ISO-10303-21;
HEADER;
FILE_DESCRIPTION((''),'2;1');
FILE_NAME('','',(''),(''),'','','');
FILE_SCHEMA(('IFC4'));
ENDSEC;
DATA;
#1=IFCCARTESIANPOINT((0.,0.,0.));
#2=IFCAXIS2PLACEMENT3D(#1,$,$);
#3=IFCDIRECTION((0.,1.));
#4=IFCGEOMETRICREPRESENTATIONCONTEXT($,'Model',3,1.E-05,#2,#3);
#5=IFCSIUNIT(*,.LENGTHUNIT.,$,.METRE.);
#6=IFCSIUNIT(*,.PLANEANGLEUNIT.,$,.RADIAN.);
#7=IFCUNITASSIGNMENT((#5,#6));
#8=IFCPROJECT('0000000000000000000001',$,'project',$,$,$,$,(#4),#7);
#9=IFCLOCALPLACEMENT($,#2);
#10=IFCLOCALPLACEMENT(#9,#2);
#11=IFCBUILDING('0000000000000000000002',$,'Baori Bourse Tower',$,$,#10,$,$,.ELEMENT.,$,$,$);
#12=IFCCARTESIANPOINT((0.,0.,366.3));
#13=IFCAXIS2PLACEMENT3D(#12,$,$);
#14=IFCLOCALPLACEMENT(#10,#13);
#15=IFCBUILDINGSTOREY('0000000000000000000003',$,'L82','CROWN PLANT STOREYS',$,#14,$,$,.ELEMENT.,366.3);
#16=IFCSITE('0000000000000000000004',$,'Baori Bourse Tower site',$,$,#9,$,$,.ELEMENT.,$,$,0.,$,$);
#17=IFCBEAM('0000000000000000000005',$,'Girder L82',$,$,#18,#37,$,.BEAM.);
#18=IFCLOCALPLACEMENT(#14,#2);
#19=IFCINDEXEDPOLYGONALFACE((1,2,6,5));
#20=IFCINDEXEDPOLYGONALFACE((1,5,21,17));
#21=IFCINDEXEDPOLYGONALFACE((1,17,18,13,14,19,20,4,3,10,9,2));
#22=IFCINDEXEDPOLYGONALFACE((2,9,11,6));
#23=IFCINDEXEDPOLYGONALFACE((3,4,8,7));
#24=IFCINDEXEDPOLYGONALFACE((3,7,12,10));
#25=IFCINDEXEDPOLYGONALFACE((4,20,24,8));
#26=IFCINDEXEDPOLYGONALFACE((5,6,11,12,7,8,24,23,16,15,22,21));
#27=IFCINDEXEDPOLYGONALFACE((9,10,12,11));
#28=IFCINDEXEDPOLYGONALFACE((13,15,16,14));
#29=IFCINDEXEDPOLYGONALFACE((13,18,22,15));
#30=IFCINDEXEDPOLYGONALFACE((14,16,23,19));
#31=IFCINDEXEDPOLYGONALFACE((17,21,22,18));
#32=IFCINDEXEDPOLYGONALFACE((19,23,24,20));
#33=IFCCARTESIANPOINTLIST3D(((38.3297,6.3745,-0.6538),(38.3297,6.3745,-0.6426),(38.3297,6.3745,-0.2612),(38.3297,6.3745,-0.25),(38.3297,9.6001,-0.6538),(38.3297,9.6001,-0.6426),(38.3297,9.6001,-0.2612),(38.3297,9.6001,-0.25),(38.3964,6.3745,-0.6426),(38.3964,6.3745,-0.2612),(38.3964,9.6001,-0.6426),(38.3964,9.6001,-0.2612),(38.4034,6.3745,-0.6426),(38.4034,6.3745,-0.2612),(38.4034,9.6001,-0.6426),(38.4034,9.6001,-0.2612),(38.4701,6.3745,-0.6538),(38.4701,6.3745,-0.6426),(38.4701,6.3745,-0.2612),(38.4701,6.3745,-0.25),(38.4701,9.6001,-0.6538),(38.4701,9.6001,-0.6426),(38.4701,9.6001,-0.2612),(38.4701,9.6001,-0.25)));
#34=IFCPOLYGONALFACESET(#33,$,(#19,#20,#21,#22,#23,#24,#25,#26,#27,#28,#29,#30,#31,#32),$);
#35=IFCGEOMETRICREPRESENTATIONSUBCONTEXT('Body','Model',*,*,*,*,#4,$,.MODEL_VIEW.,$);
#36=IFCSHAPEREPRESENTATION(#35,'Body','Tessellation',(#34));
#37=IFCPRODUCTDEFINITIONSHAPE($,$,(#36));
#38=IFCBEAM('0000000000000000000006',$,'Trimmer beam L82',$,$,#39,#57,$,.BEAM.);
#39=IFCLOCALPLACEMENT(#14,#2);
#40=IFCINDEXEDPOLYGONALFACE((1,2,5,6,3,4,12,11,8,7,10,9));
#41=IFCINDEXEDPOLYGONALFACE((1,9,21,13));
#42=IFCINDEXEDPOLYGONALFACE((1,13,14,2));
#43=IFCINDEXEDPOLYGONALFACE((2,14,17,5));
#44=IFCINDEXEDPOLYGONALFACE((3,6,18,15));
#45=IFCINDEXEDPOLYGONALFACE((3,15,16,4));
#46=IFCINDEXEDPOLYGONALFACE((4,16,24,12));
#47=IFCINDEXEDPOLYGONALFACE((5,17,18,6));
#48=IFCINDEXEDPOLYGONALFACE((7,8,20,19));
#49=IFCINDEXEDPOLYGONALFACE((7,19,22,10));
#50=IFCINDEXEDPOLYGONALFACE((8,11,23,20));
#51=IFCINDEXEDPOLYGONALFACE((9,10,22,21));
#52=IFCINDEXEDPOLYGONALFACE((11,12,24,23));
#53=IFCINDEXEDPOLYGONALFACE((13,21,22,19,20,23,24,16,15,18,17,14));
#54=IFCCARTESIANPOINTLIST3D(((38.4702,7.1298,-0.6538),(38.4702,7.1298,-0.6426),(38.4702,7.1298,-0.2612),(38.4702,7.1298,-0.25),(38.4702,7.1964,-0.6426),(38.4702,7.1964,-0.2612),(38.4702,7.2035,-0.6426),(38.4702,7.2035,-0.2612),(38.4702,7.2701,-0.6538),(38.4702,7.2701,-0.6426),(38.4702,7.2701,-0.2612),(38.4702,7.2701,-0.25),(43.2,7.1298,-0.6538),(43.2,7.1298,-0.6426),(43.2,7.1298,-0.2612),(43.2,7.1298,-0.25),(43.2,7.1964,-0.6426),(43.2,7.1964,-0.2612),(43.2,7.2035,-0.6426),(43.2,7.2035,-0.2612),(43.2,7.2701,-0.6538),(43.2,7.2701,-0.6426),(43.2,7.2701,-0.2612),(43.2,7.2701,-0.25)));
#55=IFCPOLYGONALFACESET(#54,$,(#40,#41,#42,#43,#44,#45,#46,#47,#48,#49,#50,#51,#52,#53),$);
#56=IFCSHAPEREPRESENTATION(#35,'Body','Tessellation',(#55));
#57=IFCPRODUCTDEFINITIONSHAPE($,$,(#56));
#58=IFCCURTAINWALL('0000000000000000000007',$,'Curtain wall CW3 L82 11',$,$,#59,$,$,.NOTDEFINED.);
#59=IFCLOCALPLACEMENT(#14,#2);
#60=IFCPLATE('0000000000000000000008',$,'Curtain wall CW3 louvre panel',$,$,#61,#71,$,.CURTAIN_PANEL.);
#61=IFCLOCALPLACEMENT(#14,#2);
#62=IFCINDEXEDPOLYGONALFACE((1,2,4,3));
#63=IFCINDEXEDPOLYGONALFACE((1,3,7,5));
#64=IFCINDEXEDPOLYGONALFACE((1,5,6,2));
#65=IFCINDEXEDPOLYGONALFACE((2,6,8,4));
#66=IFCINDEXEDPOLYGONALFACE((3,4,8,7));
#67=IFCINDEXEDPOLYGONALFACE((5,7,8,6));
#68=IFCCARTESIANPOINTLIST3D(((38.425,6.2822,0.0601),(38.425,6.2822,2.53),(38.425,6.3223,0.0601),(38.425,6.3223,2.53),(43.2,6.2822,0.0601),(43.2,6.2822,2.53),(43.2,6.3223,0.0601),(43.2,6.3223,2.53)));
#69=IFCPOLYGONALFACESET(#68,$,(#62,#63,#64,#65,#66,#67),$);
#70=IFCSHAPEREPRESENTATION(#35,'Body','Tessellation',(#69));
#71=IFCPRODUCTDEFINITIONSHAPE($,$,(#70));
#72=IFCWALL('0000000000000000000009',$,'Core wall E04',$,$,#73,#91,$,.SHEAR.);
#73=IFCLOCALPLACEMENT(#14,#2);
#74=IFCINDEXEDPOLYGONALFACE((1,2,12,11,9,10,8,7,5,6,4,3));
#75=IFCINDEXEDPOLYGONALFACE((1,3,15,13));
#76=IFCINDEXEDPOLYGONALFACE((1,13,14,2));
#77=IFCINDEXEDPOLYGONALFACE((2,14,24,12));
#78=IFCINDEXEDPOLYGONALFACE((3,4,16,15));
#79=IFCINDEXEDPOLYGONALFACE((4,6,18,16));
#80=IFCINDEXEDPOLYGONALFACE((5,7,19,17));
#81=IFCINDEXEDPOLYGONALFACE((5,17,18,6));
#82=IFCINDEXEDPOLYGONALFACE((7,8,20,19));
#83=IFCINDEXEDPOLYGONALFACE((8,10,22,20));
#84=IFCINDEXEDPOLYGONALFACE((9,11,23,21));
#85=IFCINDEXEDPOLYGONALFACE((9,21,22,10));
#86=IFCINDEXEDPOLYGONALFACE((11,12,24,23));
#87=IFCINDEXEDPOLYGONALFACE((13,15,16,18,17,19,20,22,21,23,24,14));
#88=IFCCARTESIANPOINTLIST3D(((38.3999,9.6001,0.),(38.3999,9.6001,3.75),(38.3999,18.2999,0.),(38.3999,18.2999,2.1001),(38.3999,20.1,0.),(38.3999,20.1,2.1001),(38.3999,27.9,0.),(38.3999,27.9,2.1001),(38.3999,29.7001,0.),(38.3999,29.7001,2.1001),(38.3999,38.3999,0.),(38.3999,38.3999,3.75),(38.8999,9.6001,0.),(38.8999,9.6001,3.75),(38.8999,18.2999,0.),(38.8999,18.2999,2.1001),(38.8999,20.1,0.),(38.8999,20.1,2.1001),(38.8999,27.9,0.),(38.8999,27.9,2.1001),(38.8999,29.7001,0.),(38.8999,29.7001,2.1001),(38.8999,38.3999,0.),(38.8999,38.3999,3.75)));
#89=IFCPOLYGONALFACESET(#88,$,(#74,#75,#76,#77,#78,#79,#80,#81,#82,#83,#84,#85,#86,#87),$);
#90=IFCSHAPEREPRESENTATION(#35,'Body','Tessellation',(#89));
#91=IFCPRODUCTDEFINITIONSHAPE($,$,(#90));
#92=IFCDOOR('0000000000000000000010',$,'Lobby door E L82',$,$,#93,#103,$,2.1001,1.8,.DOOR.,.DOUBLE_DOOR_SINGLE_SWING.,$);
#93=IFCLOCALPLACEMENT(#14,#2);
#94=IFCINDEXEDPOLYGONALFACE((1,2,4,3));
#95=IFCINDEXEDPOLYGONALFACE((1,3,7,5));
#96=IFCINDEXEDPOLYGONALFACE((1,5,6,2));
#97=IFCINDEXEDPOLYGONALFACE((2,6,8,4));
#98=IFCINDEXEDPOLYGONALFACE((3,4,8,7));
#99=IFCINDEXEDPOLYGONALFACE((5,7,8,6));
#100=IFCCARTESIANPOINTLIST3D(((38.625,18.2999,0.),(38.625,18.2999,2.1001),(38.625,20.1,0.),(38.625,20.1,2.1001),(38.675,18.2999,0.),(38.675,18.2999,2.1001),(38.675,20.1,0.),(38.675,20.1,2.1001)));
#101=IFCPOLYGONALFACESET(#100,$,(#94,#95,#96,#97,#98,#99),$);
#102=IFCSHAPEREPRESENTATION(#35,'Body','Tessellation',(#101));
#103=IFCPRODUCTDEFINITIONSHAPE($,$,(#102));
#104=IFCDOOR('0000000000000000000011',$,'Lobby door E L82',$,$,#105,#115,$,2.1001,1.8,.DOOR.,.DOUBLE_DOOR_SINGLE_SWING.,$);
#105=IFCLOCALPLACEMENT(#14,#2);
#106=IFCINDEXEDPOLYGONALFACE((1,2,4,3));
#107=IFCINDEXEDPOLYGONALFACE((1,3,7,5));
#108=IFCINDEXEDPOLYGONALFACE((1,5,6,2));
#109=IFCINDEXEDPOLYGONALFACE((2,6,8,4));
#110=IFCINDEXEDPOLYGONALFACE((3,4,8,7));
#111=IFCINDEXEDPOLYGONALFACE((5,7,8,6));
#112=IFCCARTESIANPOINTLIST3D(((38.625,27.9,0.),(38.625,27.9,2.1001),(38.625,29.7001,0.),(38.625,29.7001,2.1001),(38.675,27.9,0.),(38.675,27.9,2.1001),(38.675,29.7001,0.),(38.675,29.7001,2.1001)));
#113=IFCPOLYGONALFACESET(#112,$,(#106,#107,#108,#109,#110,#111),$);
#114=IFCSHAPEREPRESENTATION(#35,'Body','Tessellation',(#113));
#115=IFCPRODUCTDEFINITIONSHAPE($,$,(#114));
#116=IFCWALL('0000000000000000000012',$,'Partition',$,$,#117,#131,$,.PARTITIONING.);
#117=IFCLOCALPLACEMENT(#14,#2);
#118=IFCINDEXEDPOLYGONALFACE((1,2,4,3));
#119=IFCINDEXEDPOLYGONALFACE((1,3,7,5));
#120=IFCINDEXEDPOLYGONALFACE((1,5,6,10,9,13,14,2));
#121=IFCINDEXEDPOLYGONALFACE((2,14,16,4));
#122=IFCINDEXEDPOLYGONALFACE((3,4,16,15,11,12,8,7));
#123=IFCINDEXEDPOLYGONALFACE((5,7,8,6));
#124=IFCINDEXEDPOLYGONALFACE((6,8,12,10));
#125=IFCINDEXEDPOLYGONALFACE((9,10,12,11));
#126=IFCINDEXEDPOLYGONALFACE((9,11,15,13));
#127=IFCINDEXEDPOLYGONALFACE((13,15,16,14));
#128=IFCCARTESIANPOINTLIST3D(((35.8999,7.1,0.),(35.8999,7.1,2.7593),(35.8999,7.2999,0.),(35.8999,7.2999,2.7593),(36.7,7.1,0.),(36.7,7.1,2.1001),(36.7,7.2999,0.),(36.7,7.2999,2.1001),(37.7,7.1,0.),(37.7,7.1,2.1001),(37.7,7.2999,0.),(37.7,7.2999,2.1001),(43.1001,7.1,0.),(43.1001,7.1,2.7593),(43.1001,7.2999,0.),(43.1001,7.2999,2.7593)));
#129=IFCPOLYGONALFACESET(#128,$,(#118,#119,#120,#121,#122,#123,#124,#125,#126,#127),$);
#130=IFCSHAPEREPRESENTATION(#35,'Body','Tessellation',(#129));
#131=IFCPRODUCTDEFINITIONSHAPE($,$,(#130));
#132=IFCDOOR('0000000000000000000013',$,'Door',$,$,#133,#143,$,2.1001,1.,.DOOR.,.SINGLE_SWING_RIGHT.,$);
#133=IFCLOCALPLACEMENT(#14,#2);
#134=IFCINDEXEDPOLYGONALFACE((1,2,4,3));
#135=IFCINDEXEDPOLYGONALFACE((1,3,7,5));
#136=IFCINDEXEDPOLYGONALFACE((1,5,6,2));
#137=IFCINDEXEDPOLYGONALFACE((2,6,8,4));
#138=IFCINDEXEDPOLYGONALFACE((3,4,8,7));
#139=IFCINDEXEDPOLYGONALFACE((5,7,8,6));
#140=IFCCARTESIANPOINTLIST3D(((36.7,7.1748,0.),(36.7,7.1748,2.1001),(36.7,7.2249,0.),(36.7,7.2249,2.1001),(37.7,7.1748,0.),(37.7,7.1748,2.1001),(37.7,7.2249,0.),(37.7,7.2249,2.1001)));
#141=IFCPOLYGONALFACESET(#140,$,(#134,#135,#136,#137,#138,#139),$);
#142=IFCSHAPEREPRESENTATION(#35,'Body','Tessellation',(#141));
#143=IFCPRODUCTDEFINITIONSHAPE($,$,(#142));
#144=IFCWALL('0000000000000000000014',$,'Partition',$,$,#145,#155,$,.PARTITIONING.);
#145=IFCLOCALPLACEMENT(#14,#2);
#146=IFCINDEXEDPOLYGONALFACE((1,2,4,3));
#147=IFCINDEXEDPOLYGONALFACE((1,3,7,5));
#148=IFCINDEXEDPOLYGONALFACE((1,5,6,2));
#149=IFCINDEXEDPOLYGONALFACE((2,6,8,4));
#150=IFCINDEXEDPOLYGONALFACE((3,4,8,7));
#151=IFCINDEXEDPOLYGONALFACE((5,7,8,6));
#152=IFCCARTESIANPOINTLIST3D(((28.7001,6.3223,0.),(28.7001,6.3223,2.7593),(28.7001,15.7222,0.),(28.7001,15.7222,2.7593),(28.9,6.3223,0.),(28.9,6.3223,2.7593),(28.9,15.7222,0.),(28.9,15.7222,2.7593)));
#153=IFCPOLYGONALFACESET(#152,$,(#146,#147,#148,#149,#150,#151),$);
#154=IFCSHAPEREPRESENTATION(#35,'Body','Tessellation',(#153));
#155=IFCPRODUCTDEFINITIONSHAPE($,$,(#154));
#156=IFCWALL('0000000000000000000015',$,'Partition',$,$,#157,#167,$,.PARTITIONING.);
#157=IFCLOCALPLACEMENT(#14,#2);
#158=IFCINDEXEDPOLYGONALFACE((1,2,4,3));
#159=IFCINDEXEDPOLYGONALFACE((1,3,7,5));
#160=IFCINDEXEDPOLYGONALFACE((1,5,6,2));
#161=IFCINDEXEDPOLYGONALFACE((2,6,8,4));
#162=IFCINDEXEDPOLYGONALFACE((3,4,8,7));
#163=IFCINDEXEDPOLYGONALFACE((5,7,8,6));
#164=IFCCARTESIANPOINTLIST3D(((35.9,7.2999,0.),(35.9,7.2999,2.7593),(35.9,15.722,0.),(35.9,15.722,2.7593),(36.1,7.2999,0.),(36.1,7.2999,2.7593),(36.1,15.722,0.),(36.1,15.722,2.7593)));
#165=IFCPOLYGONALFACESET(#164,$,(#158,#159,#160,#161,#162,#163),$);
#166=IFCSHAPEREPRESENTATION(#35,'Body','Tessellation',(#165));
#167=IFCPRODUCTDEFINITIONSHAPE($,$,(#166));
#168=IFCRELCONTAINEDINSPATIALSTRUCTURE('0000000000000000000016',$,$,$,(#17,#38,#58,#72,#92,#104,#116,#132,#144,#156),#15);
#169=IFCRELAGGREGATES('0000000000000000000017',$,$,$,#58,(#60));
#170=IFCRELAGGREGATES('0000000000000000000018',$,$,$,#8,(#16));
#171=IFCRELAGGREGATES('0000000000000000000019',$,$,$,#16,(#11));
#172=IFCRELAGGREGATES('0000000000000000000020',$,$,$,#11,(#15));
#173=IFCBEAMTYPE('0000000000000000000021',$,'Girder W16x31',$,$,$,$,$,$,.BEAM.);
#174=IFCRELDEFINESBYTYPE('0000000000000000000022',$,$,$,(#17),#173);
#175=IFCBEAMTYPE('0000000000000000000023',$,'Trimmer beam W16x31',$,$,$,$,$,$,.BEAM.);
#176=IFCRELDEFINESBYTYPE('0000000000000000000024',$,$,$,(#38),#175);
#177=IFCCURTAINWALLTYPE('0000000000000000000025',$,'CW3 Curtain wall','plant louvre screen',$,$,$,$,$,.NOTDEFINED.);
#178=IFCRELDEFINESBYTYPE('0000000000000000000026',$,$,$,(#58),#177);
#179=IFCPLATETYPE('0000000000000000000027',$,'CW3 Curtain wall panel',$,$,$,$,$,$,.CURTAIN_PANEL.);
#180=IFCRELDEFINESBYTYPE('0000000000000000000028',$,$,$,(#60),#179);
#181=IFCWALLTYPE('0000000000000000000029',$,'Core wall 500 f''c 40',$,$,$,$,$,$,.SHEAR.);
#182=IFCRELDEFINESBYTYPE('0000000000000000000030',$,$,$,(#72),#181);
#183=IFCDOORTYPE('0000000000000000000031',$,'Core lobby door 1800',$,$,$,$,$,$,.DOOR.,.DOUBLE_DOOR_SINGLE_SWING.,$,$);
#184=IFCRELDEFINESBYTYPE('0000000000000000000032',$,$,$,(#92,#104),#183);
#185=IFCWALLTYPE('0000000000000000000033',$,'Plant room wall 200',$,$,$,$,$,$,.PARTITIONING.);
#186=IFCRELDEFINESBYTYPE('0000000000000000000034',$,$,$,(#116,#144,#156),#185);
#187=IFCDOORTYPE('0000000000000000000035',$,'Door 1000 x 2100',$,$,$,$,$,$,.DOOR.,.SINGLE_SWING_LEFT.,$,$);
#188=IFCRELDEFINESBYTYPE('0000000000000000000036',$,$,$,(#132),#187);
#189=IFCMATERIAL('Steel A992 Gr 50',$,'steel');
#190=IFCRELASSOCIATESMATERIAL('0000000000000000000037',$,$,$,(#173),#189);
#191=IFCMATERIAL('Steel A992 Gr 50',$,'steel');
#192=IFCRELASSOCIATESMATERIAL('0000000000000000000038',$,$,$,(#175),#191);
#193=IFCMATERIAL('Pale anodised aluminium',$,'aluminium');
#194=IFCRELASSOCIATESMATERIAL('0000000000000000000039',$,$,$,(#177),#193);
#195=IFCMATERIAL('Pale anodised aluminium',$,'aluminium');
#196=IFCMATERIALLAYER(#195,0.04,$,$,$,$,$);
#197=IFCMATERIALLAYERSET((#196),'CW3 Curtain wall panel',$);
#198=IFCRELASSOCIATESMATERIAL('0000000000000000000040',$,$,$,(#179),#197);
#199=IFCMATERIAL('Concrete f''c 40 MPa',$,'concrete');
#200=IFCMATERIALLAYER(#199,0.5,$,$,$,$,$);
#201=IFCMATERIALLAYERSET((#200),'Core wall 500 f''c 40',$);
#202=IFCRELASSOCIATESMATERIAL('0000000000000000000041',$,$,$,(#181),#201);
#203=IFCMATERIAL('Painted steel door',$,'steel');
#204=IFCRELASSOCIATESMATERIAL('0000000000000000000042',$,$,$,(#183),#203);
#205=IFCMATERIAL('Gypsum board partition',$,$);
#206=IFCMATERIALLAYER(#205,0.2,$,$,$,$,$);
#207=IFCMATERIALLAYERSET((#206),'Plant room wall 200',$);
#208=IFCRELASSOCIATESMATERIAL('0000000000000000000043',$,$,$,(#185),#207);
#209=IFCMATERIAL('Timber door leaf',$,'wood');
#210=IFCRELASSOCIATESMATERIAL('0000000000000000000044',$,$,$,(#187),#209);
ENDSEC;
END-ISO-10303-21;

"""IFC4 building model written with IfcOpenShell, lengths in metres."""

from ifc_helpers import new_model, si_unit, direction, frame, frame_2d, origin, origin_2d, place, context, subcontext, project, spatial, rectangle, i_section, extrude, material, layer, layer_set, material_profile, profile_set, type_object, element, fill, aggregate, save


model = new_model("IFC4")

# Units and contexts
model_context = context("Model", 3, precision=1e-05, world=origin(), true_north=direction((0.0, 1.0)))
body_context = subcontext(model_context, "Body", "Model", "MODEL_VIEW")
ifc_project = project(units=[si_unit("LENGTHUNIT", "METRE"), si_unit("PLANEANGLEUNIT", "RADIAN")], contexts=[model_context])

# Site, building, storey
site_placement = place(None, origin())
site = spatial("IfcSite", under=ifc_project, at=site_placement, Name="Baori Bourse Tower site", CompositionType="ELEMENT", RefElevation=0.0)
building_placement = place(site_placement, origin())
building = spatial("IfcBuilding", under=site, at=building_placement, Name="Baori Bourse Tower", CompositionType="ELEMENT")
storey_placement = place(building_placement, frame((0.0, 0.0, 366.3)))
storey = spatial("IfcBuildingStorey", under=building, at=storey_placement, Name="L82", Description="CROWN PLANT STOREYS", CompositionType="ELEMENT", Elevation=366.3)

# Beams
ifc_material_1 = material(Name="Steel A992 Gr 50", Category="steel")
ifc_material_profile_1 = material_profile(ifc_material_1, i_section(OverallWidth=0.1404, OverallDepth=0.4038, WebThickness=0.0071, FlangeThickness=0.0112, at=origin_2d()), Name="W16x31")
ifc_profile_set_1 = profile_set([ifc_material_profile_1], Name="Steel A992 Gr 50")
beam_type_1 = type_object("IfcBeamType", Name="Girder W16x31", PredefinedType="BEAM", material=ifc_profile_set_1)
beam_1_placement = place(storey_placement, frame((38.3999, 6.3745, -0.4519), z_axis=(0.0, 1.0, 0.0), x_axis=(-1.0, 0.0, 0.0)))
element("IfcBeam", 1, at=beam_1_placement, inside=storey, type_object=beam_type_1, Name="Girder L82", PredefinedType="BEAM", context=body_context, shape_type="SweptSolid", body=[
    extrude(i_section(OverallWidth=0.1404, OverallDepth=0.4038, WebThickness=0.0071, FlangeThickness=0.0112, at=origin_2d()), origin(), (0.0, 0.0, 1.0), 3.2256),
])
ifc_material_2 = material(Name="Steel A992 Gr 50", Category="steel")
ifc_material_profile_2 = material_profile(ifc_material_2, i_section(OverallWidth=0.1404, OverallDepth=0.4038, WebThickness=0.0071, FlangeThickness=0.0112, at=origin_2d()), Name="W16x31")
ifc_profile_set_2 = profile_set([ifc_material_profile_2], Name="Steel A992 Gr 50")
beam_type_2 = type_object("IfcBeamType", Name="Trimmer beam W16x31", PredefinedType="BEAM", material=ifc_profile_set_2)
beam_2_placement = place(storey_placement, frame((38.4702, 7.2, -0.4519), z_axis=(1.0, 0.0, 0.0), x_axis=(0.0, 1.0, 0.0)))
element("IfcBeam", 2, at=beam_2_placement, inside=storey, type_object=beam_type_2, Name="Trimmer beam L82", PredefinedType="BEAM", context=body_context, shape_type="SweptSolid", body=[
    extrude(i_section(OverallWidth=0.1404, OverallDepth=0.4038, WebThickness=0.0071, FlangeThickness=0.0112, at=origin_2d()), origin(), (0.0, 0.0, 1.0), 4.7297),
])

# Curtain wall, plate
ifc_material_3 = material(Name="Pale anodised aluminium", Category="aluminium")
curtain_wall_type = type_object("IfcCurtainWallType", Name="CW3 Curtain wall", Description="plant louvre screen", PredefinedType="NOTDEFINED", material=ifc_material_3)
curtain_wall_placement = place(storey_placement, origin())
curtain_wall = element("IfcCurtainWall", 3, at=curtain_wall_placement, inside=storey, type_object=curtain_wall_type, Name="Curtain wall CW3 L82 11", PredefinedType="NOTDEFINED")
ifc_material_4 = material(Name="Pale anodised aluminium", Category="aluminium")
ifc_layer_1 = layer(ifc_material_4, 0.04)
ifc_layer_set_1 = layer_set([ifc_layer_1], Name="CW3 Curtain wall panel")
plate_type = type_object("IfcPlateType", Name="CW3 Curtain wall panel", PredefinedType="CURTAIN_PANEL", material=ifc_layer_set_1)
plate_placement = place(storey_placement, frame((40.8125, 6.3022, 0.0601), z_axis=(0.0, 0.0, 1.0), x_axis=(1.0, 0.0, 0.0)))
plate = element("IfcPlate", 4, at=plate_placement, type_object=plate_type, Name="Curtain wall CW3 louvre panel", PredefinedType="CURTAIN_PANEL", context=body_context, shape_type="SweptSolid", body=[
    extrude(rectangle(XDim=4.7749, YDim=0.04, at=origin_2d()), origin(), (0.0, 0.0, 1.0), 2.47),
])
aggregate(curtain_wall, [plate])

# Wall, openings, doors
ifc_material_5 = material(Name="Concrete f'c 40 MPa", Category="concrete")
ifc_layer_2 = layer(ifc_material_5, 0.5)
ifc_layer_set_2 = layer_set([ifc_layer_2], Name="Core wall 500 f'c 40")
wall_type_1 = type_object("IfcWallType", Name="Core wall 500 f'c 40", PredefinedType="SHEAR", material=ifc_layer_set_2)
wall_1_placement = place(storey_placement, frame((38.6499, 9.6001, 0.0), z_axis=(0.0, 0.0, 1.0), x_axis=(0.0, 1.0, 0.0)))
wall_1 = element("IfcWall", 5, at=wall_1_placement, inside=storey, type_object=wall_type_1, Name="Core wall E04", PredefinedType="SHEAR", context=body_context, shape_type="SweptSolid", body=[
    extrude(rectangle(XDim=28.7998, YDim=0.5, at=frame_2d((14.3999, 0.0))), origin(), (0.0, 0.0, 1.0), 3.75),
])
opening_1_placement = place(wall_1_placement, frame((8.7, 0.0, 0.0)))
opening_1 = element("IfcOpeningElement", 6, at=opening_1_placement, cuts=wall_1, PredefinedType="OPENING", context=body_context, shape_type="SweptSolid", body=[
    extrude(rectangle(XDim=1.8, YDim=2.1001, at=frame_2d((0.8999, 1.05))), frame((0.0, 0.26, 0.0), z_axis=(0.0, -1.0, 0.0), x_axis=(1.0, 0.0, 0.0)), (0.0, 0.0, 1.0), 0.52),
])
opening_2_placement = place(wall_1_placement, frame((18.3, 0.0, 0.0)))
opening_2 = element("IfcOpeningElement", 7, at=opening_2_placement, cuts=wall_1, PredefinedType="OPENING", context=body_context, shape_type="SweptSolid", body=[
    extrude(rectangle(XDim=1.8, YDim=2.1001, at=frame_2d((0.8999, 1.05))), frame((0.0, 0.26, 0.0), z_axis=(0.0, -1.0, 0.0), x_axis=(1.0, 0.0, 0.0)), (0.0, 0.0, 1.0), 0.52),
])
ifc_material_6 = material(Name="Painted steel door", Category="steel")
door_type_1 = type_object("IfcDoorType", Name="Core lobby door 1800", OperationType="DOUBLE_DOOR_SINGLE_SWING", PredefinedType="DOOR", material=ifc_material_6)
door_1_placement = place(opening_1_placement, origin())
door_1 = element("IfcDoor", 8, at=door_1_placement, inside=storey, type_object=door_type_1, Name="Lobby door E L82", OperationType="DOUBLE_DOOR_SINGLE_SWING", OverallHeight=2.1001, OverallWidth=1.8, PredefinedType="DOOR", context=body_context, shape_type="SweptSolid", body=[
    extrude(rectangle(XDim=1.8, YDim=2.1001, at=frame_2d((0.8999, 1.05))), frame((0.0, 0.0249, 0.0), z_axis=(0.0, -1.0, 0.0), x_axis=(1.0, 0.0, 0.0)), (0.0, 0.0, 1.0), 0.05),
])
fill(opening_1, door_1)
door_2_placement = place(opening_2_placement, origin())
door_2 = element("IfcDoor", 9, at=door_2_placement, inside=storey, type_object=door_type_1, Name="Lobby door E L82", OperationType="DOUBLE_DOOR_SINGLE_SWING", OverallHeight=2.1001, OverallWidth=1.8, PredefinedType="DOOR", context=body_context, shape_type="SweptSolid", body=[
    extrude(rectangle(XDim=1.8, YDim=2.1001, at=frame_2d((0.8999, 1.05))), frame((0.0, 0.0249, 0.0), z_axis=(0.0, -1.0, 0.0), x_axis=(1.0, 0.0, 0.0)), (0.0, 0.0, 1.0), 0.05),
])
fill(opening_2, door_2)

# Wall, opening, door
ifc_material_7 = material(Name="Gypsum board partition")
ifc_layer_3 = layer(ifc_material_7, 0.2)
ifc_layer_set_3 = layer_set([ifc_layer_3], Name="Plant room wall 200")
wall_type_2 = type_object("IfcWallType", Name="Plant room wall 200", PredefinedType="PARTITIONING", material=ifc_layer_set_3)
wall_2_placement = place(storey_placement, frame((35.8999, 7.2, 0.0), z_axis=(0.0, 0.0, 1.0), x_axis=(1.0, 0.0, 0.0)))
wall_2 = element("IfcWall", 10, at=wall_2_placement, inside=storey, type_object=wall_type_2, Name="Partition", PredefinedType="PARTITIONING", context=body_context, shape_type="SweptSolid", body=[
    extrude(rectangle(XDim=7.2002, YDim=0.2, at=frame_2d((3.6001, 0.0))), origin(), (0.0, 0.0, 1.0), 2.7593),
])
opening_3_placement = place(wall_2_placement, frame((0.8, 0.0, 0.0)))
opening_3 = element("IfcOpeningElement", 11, at=opening_3_placement, cuts=wall_2, PredefinedType="OPENING", context=body_context, shape_type="SweptSolid", body=[
    extrude(rectangle(XDim=1.0, YDim=2.1001, at=frame_2d((0.5, 1.05))), frame((0.0, 0.1099, 0.0), z_axis=(0.0, -1.0, 0.0), x_axis=(1.0, 0.0, 0.0)), (0.0, 0.0, 1.0), 0.22),
])
ifc_material_8 = material(Name="Timber door leaf", Category="wood")
door_type_2 = type_object("IfcDoorType", Name="Door 1000 x 2100", OperationType="SINGLE_SWING_LEFT", PredefinedType="DOOR", material=ifc_material_8)
door_3_placement = place(opening_3_placement, origin())
door_3 = element("IfcDoor", 12, at=door_3_placement, inside=storey, type_object=door_type_2, Name="Door", OperationType="SINGLE_SWING_RIGHT", OverallHeight=2.1001, OverallWidth=1.0, PredefinedType="DOOR", context=body_context, shape_type="SweptSolid", body=[
    extrude(rectangle(XDim=1.0, YDim=2.1001, at=frame_2d((0.5, 1.05))), frame((0.0, 0.0249, 0.0), z_axis=(0.0, -1.0, 0.0), x_axis=(1.0, 0.0, 0.0)), (0.0, 0.0, 1.0), 0.05),
])
fill(opening_3, door_3)

# Walls
wall_3_placement = place(storey_placement, frame((28.8, 6.3223, 0.0), z_axis=(0.0, 0.0, 1.0), x_axis=(0.0, 1.0, 0.0)))
element("IfcWall", 13, at=wall_3_placement, inside=storey, type_object=wall_type_2, Name="Partition", PredefinedType="PARTITIONING", context=body_context, shape_type="SweptSolid", body=[
    extrude(rectangle(XDim=9.3999, YDim=0.2, at=frame_2d((4.7, 0.0))), origin(), (0.0, 0.0, 1.0), 2.7593),
])
wall_4_placement = place(storey_placement, frame((36.0, 7.3, 0.0), z_axis=(0.0, 0.0, 1.0), x_axis=(0.0, 1.0, 0.0)))
element("IfcWall", 14, at=wall_4_placement, inside=storey, type_object=wall_type_2, Name="Partition", PredefinedType="PARTITIONING", context=body_context, shape_type="SweptSolid", body=[
    extrude(rectangle(XDim=8.4221, YDim=0.2, at=frame_2d((4.2109, 0.0))), origin(), (0.0, 0.0, 1.0), 2.7593),
])

save(model, "model.ifc")
